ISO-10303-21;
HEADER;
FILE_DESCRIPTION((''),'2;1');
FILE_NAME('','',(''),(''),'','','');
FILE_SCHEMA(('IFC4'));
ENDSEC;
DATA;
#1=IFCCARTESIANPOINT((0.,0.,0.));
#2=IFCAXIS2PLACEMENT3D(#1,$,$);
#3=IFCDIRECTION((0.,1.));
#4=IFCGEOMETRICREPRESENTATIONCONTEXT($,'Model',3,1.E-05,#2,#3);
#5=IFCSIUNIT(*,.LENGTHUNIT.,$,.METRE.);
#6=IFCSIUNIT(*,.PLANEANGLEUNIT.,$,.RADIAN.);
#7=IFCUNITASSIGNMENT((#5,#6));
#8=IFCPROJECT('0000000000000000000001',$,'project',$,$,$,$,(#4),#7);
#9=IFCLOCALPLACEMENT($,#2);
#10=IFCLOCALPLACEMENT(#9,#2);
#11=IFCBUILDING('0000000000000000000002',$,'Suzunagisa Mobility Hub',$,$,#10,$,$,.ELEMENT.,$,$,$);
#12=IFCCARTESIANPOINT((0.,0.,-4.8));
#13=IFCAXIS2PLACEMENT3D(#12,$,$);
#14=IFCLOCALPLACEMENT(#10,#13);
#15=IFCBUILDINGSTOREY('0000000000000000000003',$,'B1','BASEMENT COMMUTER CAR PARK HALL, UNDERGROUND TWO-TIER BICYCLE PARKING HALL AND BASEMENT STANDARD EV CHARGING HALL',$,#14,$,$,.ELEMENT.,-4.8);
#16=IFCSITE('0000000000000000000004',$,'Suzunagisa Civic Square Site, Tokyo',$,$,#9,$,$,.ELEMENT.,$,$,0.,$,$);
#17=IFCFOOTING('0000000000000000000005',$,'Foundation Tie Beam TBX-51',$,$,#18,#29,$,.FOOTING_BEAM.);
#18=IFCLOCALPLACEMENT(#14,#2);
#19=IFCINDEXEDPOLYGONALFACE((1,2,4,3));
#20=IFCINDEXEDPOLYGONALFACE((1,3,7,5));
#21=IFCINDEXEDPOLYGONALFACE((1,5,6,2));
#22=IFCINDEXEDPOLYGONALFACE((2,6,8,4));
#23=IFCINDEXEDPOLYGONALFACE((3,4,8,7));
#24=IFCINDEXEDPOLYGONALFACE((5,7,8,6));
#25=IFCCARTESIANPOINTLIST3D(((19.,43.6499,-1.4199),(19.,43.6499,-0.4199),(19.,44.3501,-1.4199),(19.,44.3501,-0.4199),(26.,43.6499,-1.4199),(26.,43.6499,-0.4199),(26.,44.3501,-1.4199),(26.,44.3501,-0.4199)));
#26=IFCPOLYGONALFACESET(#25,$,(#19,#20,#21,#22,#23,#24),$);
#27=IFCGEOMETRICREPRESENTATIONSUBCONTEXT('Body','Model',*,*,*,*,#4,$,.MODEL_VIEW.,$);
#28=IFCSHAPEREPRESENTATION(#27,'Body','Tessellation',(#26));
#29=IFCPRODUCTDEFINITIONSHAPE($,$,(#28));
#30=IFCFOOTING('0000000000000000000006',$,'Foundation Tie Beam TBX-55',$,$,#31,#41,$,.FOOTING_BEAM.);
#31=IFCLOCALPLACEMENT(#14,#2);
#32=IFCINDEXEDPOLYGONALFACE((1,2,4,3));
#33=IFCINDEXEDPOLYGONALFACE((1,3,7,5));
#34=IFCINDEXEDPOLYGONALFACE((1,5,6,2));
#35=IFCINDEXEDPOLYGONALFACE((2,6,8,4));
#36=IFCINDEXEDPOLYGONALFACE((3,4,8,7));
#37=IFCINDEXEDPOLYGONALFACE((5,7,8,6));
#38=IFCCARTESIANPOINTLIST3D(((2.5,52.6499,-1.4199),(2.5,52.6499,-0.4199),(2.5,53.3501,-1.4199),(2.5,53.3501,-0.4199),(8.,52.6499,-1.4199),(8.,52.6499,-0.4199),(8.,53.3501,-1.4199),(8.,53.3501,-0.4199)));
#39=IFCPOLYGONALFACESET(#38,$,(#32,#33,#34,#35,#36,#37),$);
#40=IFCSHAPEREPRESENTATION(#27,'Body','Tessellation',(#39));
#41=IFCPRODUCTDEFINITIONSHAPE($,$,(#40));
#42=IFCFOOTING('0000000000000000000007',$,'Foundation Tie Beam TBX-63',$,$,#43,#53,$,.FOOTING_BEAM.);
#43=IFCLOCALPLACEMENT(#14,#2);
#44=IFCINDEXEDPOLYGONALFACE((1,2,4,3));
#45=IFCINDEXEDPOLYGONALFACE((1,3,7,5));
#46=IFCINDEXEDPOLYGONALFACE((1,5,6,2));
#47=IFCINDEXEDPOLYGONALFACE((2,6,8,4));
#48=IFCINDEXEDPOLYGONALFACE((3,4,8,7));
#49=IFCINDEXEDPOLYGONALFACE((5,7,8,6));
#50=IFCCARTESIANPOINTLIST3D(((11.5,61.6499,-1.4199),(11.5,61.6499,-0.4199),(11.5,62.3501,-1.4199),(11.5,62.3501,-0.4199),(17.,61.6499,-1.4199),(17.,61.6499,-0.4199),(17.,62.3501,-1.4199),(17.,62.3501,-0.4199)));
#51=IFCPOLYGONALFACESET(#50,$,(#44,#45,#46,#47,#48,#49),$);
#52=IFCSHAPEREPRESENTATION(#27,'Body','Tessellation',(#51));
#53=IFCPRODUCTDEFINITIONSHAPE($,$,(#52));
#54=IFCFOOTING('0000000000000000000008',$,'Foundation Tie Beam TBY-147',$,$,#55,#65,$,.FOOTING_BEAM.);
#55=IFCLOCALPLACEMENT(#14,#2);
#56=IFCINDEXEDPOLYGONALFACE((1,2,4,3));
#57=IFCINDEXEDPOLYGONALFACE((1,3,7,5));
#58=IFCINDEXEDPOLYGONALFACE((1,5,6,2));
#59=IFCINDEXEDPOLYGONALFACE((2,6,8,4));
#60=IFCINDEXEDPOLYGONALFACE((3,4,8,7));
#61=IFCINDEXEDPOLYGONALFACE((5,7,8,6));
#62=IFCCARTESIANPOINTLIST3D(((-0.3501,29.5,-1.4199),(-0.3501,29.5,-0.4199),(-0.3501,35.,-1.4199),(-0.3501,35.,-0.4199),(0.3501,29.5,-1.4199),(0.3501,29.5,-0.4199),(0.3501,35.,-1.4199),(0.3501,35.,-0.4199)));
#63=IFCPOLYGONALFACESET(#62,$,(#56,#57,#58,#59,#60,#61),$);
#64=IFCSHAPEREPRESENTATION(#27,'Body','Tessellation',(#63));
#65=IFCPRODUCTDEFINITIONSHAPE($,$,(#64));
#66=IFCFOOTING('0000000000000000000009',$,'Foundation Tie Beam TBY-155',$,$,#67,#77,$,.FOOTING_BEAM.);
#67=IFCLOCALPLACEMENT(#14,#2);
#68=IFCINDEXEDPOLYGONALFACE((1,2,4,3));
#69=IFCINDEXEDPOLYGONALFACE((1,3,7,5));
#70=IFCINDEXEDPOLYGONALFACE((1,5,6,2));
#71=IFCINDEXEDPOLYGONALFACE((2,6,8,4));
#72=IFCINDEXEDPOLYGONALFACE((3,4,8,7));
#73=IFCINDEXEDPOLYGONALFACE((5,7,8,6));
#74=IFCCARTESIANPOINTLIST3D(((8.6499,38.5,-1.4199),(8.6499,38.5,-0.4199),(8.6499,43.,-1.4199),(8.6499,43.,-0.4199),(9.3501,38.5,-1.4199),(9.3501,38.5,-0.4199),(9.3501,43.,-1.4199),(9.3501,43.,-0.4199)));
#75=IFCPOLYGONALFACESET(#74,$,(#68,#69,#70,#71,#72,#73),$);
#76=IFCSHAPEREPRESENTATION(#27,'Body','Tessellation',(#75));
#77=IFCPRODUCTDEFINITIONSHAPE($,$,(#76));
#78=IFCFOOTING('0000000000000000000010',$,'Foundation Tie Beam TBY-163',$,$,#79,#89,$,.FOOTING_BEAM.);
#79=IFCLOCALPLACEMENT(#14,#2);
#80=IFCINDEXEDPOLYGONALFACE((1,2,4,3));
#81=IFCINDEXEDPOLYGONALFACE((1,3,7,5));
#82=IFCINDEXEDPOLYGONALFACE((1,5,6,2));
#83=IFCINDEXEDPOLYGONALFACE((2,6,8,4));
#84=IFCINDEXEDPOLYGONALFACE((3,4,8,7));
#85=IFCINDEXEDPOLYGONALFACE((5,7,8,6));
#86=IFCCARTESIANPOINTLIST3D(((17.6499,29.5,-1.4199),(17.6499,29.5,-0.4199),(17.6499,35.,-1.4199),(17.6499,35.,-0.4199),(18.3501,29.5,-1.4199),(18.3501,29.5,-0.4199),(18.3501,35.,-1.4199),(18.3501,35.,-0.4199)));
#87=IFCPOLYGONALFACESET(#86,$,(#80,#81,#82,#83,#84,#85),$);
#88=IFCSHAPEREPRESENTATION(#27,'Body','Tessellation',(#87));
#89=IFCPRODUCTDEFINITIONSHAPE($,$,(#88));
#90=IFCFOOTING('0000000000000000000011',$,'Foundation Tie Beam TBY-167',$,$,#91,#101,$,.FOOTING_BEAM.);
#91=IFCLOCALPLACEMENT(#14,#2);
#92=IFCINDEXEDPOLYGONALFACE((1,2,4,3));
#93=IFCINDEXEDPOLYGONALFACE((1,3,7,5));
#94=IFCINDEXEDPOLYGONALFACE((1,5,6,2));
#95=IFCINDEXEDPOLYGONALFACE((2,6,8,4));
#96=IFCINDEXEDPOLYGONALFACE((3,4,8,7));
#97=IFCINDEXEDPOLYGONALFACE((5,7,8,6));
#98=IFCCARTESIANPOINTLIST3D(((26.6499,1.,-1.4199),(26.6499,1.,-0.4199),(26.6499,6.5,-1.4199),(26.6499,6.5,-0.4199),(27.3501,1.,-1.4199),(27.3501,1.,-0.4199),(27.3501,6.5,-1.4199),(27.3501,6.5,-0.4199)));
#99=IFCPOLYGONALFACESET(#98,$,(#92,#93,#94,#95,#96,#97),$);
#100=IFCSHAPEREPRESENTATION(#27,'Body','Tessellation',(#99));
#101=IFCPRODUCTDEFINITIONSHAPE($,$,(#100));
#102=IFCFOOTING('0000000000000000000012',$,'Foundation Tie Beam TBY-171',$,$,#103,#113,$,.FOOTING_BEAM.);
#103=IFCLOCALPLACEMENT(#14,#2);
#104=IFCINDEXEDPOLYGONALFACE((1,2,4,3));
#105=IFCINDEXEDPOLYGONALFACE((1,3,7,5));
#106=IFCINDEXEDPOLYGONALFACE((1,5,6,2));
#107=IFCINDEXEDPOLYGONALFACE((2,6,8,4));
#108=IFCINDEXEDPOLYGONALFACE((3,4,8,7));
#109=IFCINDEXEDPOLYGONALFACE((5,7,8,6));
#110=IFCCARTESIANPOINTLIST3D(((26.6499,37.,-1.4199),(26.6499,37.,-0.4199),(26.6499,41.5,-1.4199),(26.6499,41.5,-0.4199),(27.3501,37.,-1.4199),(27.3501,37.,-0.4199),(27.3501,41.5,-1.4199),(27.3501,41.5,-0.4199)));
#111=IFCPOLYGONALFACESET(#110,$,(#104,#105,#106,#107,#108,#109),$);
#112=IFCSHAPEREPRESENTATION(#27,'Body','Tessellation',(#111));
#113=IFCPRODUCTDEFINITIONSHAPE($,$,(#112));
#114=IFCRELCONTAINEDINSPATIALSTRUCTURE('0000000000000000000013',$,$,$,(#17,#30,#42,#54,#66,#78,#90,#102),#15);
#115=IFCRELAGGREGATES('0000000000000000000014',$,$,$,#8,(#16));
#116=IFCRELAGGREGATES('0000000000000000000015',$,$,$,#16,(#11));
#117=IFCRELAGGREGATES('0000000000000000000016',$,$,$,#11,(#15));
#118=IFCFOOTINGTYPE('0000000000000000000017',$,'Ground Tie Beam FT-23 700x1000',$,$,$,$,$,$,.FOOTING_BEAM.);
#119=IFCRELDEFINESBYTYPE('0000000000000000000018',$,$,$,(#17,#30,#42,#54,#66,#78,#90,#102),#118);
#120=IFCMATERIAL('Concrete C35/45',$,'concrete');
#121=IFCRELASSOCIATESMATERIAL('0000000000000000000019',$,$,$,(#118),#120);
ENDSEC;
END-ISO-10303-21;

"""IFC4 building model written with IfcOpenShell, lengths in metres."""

from ifc_helpers import new_model, si_unit, direction, frame, origin, place, context, subcontext, project, spatial, polyline, outline, extrude, material, type_object, element, save


model = new_model("IFC4")

# Units and contexts
model_context = context("Model", 3, precision=1e-05, world=origin(), true_north=direction((0.0, 1.0)))
body_context = subcontext(model_context, "Body", "Model", "MODEL_VIEW")
ifc_project = project(units=[si_unit("LENGTHUNIT", "METRE"), si_unit("PLANEANGLEUNIT", "RADIAN")], contexts=[model_context])

# Site, building, storey
site_placement = place(None, origin())
site = spatial("IfcSite", under=ifc_project, at=site_placement, Name="Suzunagisa Civic Square Site, Tokyo", CompositionType="ELEMENT", RefElevation=0.0)
building_placement = place(site_placement, origin())
building = spatial("IfcBuilding", under=site, at=building_placement, Name="Suzunagisa Mobility Hub", CompositionType="ELEMENT")
storey_placement = place(building_placement, frame((0.0, 0.0, -4.8)))
storey = spatial("IfcBuildingStorey", under=building, at=storey_placement, Name="B1", Description="BASEMENT COMMUTER CAR PARK HALL, UNDERGROUND TWO-TIER BICYCLE PARKING HALL AND BASEMENT STANDARD EV CHARGING HALL", CompositionType="ELEMENT", Elevation=-4.8)

# Footings
ifc_material = material(Name="Concrete C35/45", Category="concrete")
footing_type_1 = type_object("IfcFootingType", Name="Ground Tie Beam FT-23 700x1000", PredefinedType="FOOTING_BEAM", material=ifc_material)
footing_1_placement = place(storey_placement, frame((0.0, 0.0, -1.4199)))
element("IfcFooting", 1, at=footing_1_placement, inside=storey, type_object=footing_type_1, Name="Foundation Tie Beam TBX-51", PredefinedType="FOOTING_BEAM", context=body_context, shape_type="SweptSolid", body=[
    extrude(outline(polyline([(19.0, 43.6499), (26.0, 43.6499), (26.0, 44.3501), (19.0, 44.3501), (19.0, 43.6499)])), origin(), (0.0, 0.0, 1.0), 1.0),
])
footing_2_placement = place(storey_placement, frame((0.0, 0.0, -1.4199)))
element("IfcFooting", 2, at=footing_2_placement, inside=storey, type_object=footing_type_1, Name="Foundation Tie Beam TBX-55", PredefinedType="FOOTING_BEAM", context=body_context, shape_type="SweptSolid", body=[
    extrude(outline(polyline([(2.5, 52.6499), (8.0, 52.6499), (8.0, 53.3501), (2.5, 53.3501), (2.5, 52.6499)])), origin(), (0.0, 0.0, 1.0), 1.0),
])
footing_3_placement = place(storey_placement, frame((0.0, 0.0, -1.4199)))
element("IfcFooting", 3, at=footing_3_placement, inside=storey, type_object=footing_type_1, Name="Foundation Tie Beam TBX-63", PredefinedType="FOOTING_BEAM", context=body_context, shape_type="SweptSolid", body=[
    extrude(outline(polyline([(11.5, 61.6499), (17.0, 61.6499), (17.0, 62.3501), (11.5, 62.3501), (11.5, 61.6499)])), origin(), (0.0, 0.0, 1.0), 1.0),
])
footing_4_placement = place(storey_placement, frame((0.0, 0.0, -1.4199)))
element("IfcFooting", 4, at=footing_4_placement, inside=storey, type_object=footing_type_1, Name="Foundation Tie Beam TBY-147", PredefinedType="FOOTING_BEAM", context=body_context, shape_type="SweptSolid", body=[
    extrude(outline(polyline([(-0.3501, 29.5), (0.3501, 29.5), (0.3501, 35.0), (-0.3501, 35.0), (-0.3501, 29.5)])), origin(), (0.0, 0.0, 1.0), 1.0),
])
footing_5_placement = place(storey_placement, frame((0.0, 0.0, -1.4199)))
element("IfcFooting", 5, at=footing_5_placement, inside=storey, type_object=footing_type_1, Name="Foundation Tie Beam TBY-155", PredefinedType="FOOTING_BEAM", context=body_context, shape_type="SweptSolid", body=[
    extrude(outline(polyline([(8.6499, 38.5), (9.3501, 38.5), (9.3501, 43.0), (8.6499, 43.0), (8.6499, 38.5)])), origin(), (0.0, 0.0, 1.0), 1.0),
])
footing_6_placement = place(storey_placement, frame((0.0, 0.0, -1.4199)))
element("IfcFooting", 6, at=footing_6_placement, inside=storey, type_object=footing_type_1, Name="Foundation Tie Beam TBY-163", PredefinedType="FOOTING_BEAM", context=body_context, shape_type="SweptSolid", body=[
    extrude(outline(polyline([(17.6499, 29.5), (18.3501, 29.5), (18.3501, 35.0), (17.6499, 35.0), (17.6499, 29.5)])), origin(), (0.0, 0.0, 1.0), 1.0),
])
footing_7_placement = place(storey_placement, frame((0.0, 0.0, -1.4199)))
element("IfcFooting", 7, at=footing_7_placement, inside=storey, type_object=footing_type_1, Name="Foundation Tie Beam TBY-167", PredefinedType="FOOTING_BEAM", context=body_context, shape_type="SweptSolid", body=[
    extrude(outline(polyline([(26.6499, 1.0), (27.3501, 1.0), (27.3501, 6.5), (26.6499, 6.5), (26.6499, 1.0)])), origin(), (0.0, 0.0, 1.0), 1.0),
])
footing_8_placement = place(storey_placement, frame((0.0, 0.0, -1.4199)))
element("IfcFooting", 8, at=footing_8_placement, inside=storey, type_object=footing_type_1, Name="Foundation Tie Beam TBY-171", PredefinedType="FOOTING_BEAM", context=body_context, shape_type="SweptSolid", body=[
    extrude(outline(polyline([(26.6499, 37.0), (27.3501, 37.0), (27.3501, 41.5), (26.6499, 41.5), (26.6499, 37.0)])), origin(), (0.0, 0.0, 1.0), 1.0),
])

save(model, "model.ifc")
